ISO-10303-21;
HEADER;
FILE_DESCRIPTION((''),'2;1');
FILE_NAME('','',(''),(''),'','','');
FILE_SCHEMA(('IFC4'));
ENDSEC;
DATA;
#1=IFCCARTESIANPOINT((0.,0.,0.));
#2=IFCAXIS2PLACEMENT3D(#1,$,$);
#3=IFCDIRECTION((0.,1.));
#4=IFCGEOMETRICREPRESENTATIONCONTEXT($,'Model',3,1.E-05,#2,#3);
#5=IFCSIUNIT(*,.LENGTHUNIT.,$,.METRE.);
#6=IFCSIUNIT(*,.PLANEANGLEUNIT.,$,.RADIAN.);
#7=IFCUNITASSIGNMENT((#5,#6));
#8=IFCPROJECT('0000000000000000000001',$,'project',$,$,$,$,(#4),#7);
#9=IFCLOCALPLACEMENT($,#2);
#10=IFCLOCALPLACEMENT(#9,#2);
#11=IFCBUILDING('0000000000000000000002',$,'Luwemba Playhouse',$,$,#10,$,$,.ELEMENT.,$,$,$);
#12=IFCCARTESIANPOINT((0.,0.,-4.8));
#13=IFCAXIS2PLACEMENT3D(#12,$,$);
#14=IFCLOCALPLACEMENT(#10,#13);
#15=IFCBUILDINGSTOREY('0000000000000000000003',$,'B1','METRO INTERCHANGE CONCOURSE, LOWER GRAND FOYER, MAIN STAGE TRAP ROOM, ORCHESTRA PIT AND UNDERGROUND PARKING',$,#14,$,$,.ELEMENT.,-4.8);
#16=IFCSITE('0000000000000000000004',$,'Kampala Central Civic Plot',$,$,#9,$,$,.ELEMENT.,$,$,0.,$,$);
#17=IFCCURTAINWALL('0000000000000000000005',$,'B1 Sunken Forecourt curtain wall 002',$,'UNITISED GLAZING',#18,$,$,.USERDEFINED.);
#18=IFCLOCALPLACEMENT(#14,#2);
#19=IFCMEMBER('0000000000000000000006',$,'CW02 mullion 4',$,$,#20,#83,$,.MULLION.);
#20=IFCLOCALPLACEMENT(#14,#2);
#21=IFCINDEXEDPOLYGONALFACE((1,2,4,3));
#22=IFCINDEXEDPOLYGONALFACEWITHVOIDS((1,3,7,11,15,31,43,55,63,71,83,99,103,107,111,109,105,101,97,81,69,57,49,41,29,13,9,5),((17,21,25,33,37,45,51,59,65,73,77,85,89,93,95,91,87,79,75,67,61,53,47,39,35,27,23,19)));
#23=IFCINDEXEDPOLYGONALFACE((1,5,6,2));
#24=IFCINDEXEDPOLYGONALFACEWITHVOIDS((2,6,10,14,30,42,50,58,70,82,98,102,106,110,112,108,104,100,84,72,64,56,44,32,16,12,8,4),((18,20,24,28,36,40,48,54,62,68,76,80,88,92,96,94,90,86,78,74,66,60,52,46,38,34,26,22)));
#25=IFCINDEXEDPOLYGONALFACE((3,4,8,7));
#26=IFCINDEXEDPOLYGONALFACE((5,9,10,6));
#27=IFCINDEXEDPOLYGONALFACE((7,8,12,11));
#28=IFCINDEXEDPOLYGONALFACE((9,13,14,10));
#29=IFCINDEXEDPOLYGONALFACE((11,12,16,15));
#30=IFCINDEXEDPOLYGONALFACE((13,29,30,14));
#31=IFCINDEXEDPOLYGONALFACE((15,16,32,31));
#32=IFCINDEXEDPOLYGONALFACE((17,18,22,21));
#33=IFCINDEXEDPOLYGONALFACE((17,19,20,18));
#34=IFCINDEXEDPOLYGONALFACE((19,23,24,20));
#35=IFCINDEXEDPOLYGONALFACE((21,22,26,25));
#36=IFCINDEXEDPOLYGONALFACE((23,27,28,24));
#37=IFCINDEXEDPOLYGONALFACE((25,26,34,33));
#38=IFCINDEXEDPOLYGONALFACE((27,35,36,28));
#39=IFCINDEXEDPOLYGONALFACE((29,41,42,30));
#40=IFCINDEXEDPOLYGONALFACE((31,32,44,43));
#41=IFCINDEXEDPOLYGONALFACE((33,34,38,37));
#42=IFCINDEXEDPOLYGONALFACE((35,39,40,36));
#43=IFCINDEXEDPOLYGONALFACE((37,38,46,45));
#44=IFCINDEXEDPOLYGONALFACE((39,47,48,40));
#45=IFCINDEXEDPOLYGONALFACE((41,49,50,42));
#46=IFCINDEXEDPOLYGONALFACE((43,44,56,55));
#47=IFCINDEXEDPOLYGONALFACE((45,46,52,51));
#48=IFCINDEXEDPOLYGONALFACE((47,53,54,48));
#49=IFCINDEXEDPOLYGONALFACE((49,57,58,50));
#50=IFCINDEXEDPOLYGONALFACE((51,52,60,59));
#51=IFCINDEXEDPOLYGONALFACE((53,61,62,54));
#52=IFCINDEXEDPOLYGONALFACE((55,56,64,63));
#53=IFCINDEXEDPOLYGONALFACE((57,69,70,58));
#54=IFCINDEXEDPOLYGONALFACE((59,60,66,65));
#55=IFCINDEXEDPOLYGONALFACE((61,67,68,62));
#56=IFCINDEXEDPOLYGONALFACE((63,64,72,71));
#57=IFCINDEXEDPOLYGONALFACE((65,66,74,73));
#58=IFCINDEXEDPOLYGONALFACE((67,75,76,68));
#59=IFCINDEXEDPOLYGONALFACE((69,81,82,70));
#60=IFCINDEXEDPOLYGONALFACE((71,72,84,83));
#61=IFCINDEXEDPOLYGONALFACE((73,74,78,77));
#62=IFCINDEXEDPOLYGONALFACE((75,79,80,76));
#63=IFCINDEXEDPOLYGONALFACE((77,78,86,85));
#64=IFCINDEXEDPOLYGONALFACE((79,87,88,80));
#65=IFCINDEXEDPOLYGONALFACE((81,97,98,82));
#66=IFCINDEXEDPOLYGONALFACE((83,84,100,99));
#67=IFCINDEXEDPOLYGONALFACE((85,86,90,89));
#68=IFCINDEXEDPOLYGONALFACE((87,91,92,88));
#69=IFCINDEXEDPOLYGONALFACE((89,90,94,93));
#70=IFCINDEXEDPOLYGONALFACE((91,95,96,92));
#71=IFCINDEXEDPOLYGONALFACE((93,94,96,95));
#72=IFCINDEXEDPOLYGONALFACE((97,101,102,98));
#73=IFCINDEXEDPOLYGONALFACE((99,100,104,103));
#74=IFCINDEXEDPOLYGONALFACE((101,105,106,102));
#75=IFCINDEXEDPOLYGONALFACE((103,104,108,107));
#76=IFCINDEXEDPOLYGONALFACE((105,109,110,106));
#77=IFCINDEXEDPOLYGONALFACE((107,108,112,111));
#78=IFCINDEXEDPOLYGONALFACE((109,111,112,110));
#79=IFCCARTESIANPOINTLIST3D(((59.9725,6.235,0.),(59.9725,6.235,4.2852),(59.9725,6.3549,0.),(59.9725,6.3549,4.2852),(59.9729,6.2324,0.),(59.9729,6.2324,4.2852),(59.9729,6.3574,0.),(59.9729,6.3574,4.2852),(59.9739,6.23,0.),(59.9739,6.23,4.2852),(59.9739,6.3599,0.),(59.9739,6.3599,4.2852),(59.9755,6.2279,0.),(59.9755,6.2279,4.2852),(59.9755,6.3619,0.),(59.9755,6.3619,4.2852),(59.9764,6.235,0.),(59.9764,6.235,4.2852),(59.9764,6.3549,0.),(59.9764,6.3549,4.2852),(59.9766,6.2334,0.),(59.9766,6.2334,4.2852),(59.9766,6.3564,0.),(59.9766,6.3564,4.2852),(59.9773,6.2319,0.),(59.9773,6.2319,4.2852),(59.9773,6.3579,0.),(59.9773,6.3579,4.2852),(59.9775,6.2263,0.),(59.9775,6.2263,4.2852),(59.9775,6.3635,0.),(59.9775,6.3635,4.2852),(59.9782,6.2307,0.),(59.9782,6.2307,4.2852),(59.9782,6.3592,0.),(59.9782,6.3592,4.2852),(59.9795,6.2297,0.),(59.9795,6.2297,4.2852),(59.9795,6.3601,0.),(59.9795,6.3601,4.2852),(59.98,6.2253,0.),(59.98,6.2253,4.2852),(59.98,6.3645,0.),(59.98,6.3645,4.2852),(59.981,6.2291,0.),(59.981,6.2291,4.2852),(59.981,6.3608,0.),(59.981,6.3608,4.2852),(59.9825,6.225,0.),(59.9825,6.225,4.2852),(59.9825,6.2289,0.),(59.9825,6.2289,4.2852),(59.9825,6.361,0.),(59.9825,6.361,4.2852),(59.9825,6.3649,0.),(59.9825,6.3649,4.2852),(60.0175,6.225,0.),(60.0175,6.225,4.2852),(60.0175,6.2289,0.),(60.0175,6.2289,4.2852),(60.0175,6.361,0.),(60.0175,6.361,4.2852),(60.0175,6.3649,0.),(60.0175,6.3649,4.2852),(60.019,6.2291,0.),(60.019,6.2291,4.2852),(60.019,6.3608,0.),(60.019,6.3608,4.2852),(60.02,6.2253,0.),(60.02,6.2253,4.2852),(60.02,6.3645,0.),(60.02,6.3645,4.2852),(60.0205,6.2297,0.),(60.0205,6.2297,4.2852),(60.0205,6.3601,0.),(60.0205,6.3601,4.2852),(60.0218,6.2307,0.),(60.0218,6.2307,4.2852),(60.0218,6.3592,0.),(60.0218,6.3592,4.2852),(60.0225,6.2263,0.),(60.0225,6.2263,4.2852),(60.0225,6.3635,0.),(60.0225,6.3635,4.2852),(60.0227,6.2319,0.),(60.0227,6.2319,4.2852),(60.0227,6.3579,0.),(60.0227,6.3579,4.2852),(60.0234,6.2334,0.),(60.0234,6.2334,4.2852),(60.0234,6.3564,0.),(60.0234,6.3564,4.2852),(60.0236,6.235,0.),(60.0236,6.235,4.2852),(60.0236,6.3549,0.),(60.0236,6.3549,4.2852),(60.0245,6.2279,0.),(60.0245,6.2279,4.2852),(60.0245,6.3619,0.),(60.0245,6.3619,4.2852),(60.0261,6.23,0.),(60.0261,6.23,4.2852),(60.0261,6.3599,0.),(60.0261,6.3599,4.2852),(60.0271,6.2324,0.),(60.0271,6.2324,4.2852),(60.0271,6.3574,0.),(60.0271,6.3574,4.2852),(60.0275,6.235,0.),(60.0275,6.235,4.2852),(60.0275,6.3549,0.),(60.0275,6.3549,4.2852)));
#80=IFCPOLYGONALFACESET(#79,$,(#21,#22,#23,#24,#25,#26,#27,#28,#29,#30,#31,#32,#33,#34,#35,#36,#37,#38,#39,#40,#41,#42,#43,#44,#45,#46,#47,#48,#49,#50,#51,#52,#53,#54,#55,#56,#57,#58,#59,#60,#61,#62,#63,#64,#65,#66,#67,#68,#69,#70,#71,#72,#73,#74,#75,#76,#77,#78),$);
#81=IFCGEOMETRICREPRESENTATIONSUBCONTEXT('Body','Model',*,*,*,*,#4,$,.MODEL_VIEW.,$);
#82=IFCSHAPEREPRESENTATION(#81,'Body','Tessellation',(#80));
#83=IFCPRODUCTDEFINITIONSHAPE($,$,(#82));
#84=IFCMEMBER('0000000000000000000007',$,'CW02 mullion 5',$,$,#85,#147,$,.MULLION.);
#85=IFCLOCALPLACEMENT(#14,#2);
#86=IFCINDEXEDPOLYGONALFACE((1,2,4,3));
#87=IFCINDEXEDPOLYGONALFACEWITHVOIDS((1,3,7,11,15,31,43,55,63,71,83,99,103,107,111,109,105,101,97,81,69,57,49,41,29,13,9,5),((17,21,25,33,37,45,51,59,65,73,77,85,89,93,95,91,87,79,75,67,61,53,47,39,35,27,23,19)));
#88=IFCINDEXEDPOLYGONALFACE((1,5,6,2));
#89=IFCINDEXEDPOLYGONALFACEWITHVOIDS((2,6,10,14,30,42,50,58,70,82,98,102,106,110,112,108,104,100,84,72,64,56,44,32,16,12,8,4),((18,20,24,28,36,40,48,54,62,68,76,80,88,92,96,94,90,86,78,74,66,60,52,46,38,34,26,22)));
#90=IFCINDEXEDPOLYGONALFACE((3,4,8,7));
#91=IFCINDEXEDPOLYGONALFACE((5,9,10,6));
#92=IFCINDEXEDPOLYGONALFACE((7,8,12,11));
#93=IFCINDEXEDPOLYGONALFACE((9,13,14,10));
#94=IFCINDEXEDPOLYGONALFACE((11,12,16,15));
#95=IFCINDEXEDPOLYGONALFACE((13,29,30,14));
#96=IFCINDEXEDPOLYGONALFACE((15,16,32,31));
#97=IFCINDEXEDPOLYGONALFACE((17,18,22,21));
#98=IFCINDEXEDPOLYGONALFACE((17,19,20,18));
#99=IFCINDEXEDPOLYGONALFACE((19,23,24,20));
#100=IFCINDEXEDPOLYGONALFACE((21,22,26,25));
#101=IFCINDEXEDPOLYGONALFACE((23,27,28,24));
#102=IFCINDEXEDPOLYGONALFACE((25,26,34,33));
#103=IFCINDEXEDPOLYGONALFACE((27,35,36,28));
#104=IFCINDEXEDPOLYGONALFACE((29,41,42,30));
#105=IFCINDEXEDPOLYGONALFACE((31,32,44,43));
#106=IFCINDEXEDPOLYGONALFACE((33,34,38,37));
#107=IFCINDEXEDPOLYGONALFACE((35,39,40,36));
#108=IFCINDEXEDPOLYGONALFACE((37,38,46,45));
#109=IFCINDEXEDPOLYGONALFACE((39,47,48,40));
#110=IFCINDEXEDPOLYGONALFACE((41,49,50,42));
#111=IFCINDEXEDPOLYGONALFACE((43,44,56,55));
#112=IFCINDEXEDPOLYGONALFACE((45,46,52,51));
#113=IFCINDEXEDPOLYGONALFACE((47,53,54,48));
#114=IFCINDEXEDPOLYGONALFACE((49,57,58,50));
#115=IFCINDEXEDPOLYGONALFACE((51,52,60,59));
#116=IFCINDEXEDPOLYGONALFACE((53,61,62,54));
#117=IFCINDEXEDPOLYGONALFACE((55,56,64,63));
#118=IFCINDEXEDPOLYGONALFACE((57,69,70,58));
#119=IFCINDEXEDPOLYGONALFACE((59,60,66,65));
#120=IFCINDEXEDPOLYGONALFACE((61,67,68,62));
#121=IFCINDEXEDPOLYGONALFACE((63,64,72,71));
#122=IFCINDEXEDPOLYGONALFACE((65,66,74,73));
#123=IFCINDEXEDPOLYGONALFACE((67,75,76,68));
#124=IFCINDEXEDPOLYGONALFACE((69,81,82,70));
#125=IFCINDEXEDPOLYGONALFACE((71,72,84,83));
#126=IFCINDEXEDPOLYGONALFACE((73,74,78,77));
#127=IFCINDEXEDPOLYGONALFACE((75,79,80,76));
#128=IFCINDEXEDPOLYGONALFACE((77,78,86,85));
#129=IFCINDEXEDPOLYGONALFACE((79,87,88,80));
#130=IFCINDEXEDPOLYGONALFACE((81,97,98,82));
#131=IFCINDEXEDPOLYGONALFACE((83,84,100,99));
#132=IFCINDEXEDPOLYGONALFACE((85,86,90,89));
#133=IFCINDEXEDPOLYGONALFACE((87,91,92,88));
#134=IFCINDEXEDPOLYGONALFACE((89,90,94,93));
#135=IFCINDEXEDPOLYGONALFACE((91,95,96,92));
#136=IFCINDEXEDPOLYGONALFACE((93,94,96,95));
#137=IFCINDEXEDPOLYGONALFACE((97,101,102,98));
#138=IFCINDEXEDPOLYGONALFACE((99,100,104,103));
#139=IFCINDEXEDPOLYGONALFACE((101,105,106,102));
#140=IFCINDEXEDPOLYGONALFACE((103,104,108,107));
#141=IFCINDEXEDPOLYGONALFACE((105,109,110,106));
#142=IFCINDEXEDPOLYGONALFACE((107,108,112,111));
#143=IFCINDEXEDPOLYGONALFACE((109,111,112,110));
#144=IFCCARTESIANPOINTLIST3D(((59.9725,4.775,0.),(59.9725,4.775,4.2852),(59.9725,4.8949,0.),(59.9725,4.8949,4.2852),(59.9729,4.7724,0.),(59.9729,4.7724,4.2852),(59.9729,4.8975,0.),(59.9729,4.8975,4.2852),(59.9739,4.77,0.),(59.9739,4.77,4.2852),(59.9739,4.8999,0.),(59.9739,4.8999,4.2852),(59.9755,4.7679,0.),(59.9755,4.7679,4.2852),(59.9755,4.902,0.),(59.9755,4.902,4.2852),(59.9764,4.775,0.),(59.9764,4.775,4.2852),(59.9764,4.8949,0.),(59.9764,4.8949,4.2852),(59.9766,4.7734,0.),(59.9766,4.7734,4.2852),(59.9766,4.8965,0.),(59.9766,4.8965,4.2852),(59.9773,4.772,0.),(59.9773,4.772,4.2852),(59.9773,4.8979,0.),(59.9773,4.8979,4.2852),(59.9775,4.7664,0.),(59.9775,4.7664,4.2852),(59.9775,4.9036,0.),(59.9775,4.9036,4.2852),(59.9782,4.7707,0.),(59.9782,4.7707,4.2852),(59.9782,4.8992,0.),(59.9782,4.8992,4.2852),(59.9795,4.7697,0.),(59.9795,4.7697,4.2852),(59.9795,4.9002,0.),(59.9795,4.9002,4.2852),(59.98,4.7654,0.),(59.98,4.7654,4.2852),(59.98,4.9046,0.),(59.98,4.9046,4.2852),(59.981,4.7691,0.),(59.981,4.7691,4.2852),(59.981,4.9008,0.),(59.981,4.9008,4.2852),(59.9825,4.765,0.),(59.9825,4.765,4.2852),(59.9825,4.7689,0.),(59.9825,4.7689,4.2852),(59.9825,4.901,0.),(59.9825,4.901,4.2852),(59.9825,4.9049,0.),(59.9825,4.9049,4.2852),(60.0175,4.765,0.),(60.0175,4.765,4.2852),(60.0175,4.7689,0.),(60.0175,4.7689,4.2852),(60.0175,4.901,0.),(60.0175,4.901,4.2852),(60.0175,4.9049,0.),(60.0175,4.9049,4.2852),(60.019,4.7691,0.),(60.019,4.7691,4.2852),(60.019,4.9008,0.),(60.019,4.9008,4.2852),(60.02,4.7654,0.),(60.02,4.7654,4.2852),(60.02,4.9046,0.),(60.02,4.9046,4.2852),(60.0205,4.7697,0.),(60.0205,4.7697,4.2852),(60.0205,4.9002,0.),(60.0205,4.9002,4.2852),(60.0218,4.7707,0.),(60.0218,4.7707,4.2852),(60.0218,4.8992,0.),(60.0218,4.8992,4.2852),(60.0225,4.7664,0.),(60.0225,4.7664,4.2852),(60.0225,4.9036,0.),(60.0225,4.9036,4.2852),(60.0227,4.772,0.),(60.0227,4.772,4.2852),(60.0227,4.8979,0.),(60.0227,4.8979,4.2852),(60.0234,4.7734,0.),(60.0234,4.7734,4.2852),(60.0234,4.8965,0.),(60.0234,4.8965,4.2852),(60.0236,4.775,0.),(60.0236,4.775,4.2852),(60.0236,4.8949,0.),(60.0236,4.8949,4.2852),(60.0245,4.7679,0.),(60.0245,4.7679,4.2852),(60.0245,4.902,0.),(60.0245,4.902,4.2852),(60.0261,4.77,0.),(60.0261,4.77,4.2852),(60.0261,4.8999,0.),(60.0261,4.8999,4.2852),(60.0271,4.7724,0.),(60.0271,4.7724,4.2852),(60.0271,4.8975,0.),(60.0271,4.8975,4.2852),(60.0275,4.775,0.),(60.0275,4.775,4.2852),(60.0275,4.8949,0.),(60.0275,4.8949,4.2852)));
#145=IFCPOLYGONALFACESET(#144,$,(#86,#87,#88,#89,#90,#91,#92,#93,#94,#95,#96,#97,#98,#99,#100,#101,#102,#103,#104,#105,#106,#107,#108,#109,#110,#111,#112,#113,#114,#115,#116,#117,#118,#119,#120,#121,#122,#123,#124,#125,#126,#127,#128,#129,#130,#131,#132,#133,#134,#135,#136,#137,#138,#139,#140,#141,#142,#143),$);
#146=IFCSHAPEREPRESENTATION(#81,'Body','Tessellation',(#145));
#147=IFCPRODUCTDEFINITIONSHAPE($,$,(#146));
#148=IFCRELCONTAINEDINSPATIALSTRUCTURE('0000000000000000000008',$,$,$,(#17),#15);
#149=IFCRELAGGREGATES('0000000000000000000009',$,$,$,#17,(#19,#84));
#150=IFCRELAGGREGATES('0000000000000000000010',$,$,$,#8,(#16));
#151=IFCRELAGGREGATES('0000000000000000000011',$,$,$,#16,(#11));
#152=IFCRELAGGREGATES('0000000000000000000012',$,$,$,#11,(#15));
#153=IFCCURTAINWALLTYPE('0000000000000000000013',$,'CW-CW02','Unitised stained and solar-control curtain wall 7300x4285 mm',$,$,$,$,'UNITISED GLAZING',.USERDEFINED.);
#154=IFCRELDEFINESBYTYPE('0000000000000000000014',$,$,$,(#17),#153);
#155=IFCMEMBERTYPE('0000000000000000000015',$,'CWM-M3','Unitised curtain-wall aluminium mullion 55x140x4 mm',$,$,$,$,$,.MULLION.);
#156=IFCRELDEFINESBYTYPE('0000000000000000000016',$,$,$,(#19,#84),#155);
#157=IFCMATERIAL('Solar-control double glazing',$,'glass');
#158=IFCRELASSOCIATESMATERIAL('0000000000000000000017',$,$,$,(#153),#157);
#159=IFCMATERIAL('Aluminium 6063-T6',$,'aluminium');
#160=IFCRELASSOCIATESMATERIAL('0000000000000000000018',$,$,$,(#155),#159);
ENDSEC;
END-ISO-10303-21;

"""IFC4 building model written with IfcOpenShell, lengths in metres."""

from ifc_helpers import new_model, si_unit, direction, frame, origin, origin_2d, place, context, subcontext, project, spatial, hollow_rectangle, extrude, material, material_profile, profile_set, type_object, element, aggregate, save


model = new_model("IFC4")

# Units and contexts
model_context = context("Model", 3, precision=1e-05, world=origin(), true_north=direction((0.0, 1.0)))
body_context = subcontext(model_context, "Body", "Model", "MODEL_VIEW")
ifc_project = project(units=[si_unit("LENGTHUNIT", "METRE"), si_unit("PLANEANGLEUNIT", "RADIAN")], contexts=[model_context])

# Site, building, storey
site_placement = place(None, origin())
site = spatial("IfcSite", under=ifc_project, at=site_placement, Name="Kampala Central Civic Plot", CompositionType="ELEMENT", RefElevation=0.0)
building_placement = place(site_placement, origin())
building = spatial("IfcBuilding", under=site, at=building_placement, Name="Luwemba Playhouse", CompositionType="ELEMENT")
storey_placement = place(building_placement, frame((0.0, 0.0, -4.8)))
storey = spatial("IfcBuildingStorey", under=building, at=storey_placement, Name="B1", Description="METRO INTERCHANGE CONCOURSE, LOWER GRAND FOYER, MAIN STAGE TRAP ROOM, ORCHESTRA PIT AND UNDERGROUND PARKING", CompositionType="ELEMENT", Elevation=-4.8)

# Curtain wall, members
ifc_material_1 = material(Name="Solar-control double glazing", Category="glass")
curtain_wall_type = type_object("IfcCurtainWallType", Name="CW-CW02", Description="Unitised stained and solar-control curtain wall 7300x4285 mm", ElementType="UNITISED GLAZING", PredefinedType="USERDEFINED", material=ifc_material_1)
curtain_wall_placement = place(storey_placement, origin())
curtain_wall = element("IfcCurtainWall", 1, at=curtain_wall_placement, inside=storey, type_object=curtain_wall_type, Name="B1 Sunken Forecourt curtain wall 002", ObjectType="UNITISED GLAZING", PredefinedType="USERDEFINED")
ifc_material_2 = material(Name="Aluminium 6063-T6", Category="aluminium")
ifc_material_profile_1 = material_profile(ifc_material_2, hollow_rectangle(XDim=0.0549, YDim=0.1399, WallThickness=0.0039, InnerFilletRadius=0.0061, OuterFilletRadius=0.01, at=origin_2d()))
ifc_profile_set_1 = profile_set([ifc_material_profile_1], Name="Aluminium 6063-T6")
member_type_1 = type_object("IfcMemberType", Name="CWM-M3", Description="Unitised curtain-wall aluminium mullion 55x140x4 mm", PredefinedType="MULLION", material=ifc_profile_set_1)
member_1_placement = place(storey_placement, frame((60.0, 6.2949, 0.0), z_axis=(0.0, 0.0, 1.0), x_axis=(1.0, 0.0, 0.0)))
member_1 = element("IfcMember", 2, at=member_1_placement, type_object=member_type_1, Name="CW02 mullion 4", PredefinedType="MULLION", context=body_context, shape_type="SweptSolid", body=[
    extrude(hollow_rectangle(XDim=0.0549, YDim=0.1399, WallThickness=0.0039, InnerFilletRadius=0.0061, OuterFilletRadius=0.01, at=origin_2d()), origin(), (0.0, 0.0, 1.0), 4.2852),
])
member_2_placement = place(storey_placement, frame((60.0, 4.835, 0.0), z_axis=(0.0, 0.0, 1.0), x_axis=(1.0, 0.0, 0.0)))
member_2 = element("IfcMember", 3, at=member_2_placement, type_object=member_type_1, Name="CW02 mullion 5", PredefinedType="MULLION", context=body_context, shape_type="SweptSolid", body=[
    extrude(hollow_rectangle(XDim=0.0549, YDim=0.1399, WallThickness=0.0039, InnerFilletRadius=0.0061, OuterFilletRadius=0.01, at=origin_2d()), origin(), (0.0, 0.0, 1.0), 4.2852),
])
aggregate(curtain_wall, [member_1, member_2])

save(model, "model.ifc")
